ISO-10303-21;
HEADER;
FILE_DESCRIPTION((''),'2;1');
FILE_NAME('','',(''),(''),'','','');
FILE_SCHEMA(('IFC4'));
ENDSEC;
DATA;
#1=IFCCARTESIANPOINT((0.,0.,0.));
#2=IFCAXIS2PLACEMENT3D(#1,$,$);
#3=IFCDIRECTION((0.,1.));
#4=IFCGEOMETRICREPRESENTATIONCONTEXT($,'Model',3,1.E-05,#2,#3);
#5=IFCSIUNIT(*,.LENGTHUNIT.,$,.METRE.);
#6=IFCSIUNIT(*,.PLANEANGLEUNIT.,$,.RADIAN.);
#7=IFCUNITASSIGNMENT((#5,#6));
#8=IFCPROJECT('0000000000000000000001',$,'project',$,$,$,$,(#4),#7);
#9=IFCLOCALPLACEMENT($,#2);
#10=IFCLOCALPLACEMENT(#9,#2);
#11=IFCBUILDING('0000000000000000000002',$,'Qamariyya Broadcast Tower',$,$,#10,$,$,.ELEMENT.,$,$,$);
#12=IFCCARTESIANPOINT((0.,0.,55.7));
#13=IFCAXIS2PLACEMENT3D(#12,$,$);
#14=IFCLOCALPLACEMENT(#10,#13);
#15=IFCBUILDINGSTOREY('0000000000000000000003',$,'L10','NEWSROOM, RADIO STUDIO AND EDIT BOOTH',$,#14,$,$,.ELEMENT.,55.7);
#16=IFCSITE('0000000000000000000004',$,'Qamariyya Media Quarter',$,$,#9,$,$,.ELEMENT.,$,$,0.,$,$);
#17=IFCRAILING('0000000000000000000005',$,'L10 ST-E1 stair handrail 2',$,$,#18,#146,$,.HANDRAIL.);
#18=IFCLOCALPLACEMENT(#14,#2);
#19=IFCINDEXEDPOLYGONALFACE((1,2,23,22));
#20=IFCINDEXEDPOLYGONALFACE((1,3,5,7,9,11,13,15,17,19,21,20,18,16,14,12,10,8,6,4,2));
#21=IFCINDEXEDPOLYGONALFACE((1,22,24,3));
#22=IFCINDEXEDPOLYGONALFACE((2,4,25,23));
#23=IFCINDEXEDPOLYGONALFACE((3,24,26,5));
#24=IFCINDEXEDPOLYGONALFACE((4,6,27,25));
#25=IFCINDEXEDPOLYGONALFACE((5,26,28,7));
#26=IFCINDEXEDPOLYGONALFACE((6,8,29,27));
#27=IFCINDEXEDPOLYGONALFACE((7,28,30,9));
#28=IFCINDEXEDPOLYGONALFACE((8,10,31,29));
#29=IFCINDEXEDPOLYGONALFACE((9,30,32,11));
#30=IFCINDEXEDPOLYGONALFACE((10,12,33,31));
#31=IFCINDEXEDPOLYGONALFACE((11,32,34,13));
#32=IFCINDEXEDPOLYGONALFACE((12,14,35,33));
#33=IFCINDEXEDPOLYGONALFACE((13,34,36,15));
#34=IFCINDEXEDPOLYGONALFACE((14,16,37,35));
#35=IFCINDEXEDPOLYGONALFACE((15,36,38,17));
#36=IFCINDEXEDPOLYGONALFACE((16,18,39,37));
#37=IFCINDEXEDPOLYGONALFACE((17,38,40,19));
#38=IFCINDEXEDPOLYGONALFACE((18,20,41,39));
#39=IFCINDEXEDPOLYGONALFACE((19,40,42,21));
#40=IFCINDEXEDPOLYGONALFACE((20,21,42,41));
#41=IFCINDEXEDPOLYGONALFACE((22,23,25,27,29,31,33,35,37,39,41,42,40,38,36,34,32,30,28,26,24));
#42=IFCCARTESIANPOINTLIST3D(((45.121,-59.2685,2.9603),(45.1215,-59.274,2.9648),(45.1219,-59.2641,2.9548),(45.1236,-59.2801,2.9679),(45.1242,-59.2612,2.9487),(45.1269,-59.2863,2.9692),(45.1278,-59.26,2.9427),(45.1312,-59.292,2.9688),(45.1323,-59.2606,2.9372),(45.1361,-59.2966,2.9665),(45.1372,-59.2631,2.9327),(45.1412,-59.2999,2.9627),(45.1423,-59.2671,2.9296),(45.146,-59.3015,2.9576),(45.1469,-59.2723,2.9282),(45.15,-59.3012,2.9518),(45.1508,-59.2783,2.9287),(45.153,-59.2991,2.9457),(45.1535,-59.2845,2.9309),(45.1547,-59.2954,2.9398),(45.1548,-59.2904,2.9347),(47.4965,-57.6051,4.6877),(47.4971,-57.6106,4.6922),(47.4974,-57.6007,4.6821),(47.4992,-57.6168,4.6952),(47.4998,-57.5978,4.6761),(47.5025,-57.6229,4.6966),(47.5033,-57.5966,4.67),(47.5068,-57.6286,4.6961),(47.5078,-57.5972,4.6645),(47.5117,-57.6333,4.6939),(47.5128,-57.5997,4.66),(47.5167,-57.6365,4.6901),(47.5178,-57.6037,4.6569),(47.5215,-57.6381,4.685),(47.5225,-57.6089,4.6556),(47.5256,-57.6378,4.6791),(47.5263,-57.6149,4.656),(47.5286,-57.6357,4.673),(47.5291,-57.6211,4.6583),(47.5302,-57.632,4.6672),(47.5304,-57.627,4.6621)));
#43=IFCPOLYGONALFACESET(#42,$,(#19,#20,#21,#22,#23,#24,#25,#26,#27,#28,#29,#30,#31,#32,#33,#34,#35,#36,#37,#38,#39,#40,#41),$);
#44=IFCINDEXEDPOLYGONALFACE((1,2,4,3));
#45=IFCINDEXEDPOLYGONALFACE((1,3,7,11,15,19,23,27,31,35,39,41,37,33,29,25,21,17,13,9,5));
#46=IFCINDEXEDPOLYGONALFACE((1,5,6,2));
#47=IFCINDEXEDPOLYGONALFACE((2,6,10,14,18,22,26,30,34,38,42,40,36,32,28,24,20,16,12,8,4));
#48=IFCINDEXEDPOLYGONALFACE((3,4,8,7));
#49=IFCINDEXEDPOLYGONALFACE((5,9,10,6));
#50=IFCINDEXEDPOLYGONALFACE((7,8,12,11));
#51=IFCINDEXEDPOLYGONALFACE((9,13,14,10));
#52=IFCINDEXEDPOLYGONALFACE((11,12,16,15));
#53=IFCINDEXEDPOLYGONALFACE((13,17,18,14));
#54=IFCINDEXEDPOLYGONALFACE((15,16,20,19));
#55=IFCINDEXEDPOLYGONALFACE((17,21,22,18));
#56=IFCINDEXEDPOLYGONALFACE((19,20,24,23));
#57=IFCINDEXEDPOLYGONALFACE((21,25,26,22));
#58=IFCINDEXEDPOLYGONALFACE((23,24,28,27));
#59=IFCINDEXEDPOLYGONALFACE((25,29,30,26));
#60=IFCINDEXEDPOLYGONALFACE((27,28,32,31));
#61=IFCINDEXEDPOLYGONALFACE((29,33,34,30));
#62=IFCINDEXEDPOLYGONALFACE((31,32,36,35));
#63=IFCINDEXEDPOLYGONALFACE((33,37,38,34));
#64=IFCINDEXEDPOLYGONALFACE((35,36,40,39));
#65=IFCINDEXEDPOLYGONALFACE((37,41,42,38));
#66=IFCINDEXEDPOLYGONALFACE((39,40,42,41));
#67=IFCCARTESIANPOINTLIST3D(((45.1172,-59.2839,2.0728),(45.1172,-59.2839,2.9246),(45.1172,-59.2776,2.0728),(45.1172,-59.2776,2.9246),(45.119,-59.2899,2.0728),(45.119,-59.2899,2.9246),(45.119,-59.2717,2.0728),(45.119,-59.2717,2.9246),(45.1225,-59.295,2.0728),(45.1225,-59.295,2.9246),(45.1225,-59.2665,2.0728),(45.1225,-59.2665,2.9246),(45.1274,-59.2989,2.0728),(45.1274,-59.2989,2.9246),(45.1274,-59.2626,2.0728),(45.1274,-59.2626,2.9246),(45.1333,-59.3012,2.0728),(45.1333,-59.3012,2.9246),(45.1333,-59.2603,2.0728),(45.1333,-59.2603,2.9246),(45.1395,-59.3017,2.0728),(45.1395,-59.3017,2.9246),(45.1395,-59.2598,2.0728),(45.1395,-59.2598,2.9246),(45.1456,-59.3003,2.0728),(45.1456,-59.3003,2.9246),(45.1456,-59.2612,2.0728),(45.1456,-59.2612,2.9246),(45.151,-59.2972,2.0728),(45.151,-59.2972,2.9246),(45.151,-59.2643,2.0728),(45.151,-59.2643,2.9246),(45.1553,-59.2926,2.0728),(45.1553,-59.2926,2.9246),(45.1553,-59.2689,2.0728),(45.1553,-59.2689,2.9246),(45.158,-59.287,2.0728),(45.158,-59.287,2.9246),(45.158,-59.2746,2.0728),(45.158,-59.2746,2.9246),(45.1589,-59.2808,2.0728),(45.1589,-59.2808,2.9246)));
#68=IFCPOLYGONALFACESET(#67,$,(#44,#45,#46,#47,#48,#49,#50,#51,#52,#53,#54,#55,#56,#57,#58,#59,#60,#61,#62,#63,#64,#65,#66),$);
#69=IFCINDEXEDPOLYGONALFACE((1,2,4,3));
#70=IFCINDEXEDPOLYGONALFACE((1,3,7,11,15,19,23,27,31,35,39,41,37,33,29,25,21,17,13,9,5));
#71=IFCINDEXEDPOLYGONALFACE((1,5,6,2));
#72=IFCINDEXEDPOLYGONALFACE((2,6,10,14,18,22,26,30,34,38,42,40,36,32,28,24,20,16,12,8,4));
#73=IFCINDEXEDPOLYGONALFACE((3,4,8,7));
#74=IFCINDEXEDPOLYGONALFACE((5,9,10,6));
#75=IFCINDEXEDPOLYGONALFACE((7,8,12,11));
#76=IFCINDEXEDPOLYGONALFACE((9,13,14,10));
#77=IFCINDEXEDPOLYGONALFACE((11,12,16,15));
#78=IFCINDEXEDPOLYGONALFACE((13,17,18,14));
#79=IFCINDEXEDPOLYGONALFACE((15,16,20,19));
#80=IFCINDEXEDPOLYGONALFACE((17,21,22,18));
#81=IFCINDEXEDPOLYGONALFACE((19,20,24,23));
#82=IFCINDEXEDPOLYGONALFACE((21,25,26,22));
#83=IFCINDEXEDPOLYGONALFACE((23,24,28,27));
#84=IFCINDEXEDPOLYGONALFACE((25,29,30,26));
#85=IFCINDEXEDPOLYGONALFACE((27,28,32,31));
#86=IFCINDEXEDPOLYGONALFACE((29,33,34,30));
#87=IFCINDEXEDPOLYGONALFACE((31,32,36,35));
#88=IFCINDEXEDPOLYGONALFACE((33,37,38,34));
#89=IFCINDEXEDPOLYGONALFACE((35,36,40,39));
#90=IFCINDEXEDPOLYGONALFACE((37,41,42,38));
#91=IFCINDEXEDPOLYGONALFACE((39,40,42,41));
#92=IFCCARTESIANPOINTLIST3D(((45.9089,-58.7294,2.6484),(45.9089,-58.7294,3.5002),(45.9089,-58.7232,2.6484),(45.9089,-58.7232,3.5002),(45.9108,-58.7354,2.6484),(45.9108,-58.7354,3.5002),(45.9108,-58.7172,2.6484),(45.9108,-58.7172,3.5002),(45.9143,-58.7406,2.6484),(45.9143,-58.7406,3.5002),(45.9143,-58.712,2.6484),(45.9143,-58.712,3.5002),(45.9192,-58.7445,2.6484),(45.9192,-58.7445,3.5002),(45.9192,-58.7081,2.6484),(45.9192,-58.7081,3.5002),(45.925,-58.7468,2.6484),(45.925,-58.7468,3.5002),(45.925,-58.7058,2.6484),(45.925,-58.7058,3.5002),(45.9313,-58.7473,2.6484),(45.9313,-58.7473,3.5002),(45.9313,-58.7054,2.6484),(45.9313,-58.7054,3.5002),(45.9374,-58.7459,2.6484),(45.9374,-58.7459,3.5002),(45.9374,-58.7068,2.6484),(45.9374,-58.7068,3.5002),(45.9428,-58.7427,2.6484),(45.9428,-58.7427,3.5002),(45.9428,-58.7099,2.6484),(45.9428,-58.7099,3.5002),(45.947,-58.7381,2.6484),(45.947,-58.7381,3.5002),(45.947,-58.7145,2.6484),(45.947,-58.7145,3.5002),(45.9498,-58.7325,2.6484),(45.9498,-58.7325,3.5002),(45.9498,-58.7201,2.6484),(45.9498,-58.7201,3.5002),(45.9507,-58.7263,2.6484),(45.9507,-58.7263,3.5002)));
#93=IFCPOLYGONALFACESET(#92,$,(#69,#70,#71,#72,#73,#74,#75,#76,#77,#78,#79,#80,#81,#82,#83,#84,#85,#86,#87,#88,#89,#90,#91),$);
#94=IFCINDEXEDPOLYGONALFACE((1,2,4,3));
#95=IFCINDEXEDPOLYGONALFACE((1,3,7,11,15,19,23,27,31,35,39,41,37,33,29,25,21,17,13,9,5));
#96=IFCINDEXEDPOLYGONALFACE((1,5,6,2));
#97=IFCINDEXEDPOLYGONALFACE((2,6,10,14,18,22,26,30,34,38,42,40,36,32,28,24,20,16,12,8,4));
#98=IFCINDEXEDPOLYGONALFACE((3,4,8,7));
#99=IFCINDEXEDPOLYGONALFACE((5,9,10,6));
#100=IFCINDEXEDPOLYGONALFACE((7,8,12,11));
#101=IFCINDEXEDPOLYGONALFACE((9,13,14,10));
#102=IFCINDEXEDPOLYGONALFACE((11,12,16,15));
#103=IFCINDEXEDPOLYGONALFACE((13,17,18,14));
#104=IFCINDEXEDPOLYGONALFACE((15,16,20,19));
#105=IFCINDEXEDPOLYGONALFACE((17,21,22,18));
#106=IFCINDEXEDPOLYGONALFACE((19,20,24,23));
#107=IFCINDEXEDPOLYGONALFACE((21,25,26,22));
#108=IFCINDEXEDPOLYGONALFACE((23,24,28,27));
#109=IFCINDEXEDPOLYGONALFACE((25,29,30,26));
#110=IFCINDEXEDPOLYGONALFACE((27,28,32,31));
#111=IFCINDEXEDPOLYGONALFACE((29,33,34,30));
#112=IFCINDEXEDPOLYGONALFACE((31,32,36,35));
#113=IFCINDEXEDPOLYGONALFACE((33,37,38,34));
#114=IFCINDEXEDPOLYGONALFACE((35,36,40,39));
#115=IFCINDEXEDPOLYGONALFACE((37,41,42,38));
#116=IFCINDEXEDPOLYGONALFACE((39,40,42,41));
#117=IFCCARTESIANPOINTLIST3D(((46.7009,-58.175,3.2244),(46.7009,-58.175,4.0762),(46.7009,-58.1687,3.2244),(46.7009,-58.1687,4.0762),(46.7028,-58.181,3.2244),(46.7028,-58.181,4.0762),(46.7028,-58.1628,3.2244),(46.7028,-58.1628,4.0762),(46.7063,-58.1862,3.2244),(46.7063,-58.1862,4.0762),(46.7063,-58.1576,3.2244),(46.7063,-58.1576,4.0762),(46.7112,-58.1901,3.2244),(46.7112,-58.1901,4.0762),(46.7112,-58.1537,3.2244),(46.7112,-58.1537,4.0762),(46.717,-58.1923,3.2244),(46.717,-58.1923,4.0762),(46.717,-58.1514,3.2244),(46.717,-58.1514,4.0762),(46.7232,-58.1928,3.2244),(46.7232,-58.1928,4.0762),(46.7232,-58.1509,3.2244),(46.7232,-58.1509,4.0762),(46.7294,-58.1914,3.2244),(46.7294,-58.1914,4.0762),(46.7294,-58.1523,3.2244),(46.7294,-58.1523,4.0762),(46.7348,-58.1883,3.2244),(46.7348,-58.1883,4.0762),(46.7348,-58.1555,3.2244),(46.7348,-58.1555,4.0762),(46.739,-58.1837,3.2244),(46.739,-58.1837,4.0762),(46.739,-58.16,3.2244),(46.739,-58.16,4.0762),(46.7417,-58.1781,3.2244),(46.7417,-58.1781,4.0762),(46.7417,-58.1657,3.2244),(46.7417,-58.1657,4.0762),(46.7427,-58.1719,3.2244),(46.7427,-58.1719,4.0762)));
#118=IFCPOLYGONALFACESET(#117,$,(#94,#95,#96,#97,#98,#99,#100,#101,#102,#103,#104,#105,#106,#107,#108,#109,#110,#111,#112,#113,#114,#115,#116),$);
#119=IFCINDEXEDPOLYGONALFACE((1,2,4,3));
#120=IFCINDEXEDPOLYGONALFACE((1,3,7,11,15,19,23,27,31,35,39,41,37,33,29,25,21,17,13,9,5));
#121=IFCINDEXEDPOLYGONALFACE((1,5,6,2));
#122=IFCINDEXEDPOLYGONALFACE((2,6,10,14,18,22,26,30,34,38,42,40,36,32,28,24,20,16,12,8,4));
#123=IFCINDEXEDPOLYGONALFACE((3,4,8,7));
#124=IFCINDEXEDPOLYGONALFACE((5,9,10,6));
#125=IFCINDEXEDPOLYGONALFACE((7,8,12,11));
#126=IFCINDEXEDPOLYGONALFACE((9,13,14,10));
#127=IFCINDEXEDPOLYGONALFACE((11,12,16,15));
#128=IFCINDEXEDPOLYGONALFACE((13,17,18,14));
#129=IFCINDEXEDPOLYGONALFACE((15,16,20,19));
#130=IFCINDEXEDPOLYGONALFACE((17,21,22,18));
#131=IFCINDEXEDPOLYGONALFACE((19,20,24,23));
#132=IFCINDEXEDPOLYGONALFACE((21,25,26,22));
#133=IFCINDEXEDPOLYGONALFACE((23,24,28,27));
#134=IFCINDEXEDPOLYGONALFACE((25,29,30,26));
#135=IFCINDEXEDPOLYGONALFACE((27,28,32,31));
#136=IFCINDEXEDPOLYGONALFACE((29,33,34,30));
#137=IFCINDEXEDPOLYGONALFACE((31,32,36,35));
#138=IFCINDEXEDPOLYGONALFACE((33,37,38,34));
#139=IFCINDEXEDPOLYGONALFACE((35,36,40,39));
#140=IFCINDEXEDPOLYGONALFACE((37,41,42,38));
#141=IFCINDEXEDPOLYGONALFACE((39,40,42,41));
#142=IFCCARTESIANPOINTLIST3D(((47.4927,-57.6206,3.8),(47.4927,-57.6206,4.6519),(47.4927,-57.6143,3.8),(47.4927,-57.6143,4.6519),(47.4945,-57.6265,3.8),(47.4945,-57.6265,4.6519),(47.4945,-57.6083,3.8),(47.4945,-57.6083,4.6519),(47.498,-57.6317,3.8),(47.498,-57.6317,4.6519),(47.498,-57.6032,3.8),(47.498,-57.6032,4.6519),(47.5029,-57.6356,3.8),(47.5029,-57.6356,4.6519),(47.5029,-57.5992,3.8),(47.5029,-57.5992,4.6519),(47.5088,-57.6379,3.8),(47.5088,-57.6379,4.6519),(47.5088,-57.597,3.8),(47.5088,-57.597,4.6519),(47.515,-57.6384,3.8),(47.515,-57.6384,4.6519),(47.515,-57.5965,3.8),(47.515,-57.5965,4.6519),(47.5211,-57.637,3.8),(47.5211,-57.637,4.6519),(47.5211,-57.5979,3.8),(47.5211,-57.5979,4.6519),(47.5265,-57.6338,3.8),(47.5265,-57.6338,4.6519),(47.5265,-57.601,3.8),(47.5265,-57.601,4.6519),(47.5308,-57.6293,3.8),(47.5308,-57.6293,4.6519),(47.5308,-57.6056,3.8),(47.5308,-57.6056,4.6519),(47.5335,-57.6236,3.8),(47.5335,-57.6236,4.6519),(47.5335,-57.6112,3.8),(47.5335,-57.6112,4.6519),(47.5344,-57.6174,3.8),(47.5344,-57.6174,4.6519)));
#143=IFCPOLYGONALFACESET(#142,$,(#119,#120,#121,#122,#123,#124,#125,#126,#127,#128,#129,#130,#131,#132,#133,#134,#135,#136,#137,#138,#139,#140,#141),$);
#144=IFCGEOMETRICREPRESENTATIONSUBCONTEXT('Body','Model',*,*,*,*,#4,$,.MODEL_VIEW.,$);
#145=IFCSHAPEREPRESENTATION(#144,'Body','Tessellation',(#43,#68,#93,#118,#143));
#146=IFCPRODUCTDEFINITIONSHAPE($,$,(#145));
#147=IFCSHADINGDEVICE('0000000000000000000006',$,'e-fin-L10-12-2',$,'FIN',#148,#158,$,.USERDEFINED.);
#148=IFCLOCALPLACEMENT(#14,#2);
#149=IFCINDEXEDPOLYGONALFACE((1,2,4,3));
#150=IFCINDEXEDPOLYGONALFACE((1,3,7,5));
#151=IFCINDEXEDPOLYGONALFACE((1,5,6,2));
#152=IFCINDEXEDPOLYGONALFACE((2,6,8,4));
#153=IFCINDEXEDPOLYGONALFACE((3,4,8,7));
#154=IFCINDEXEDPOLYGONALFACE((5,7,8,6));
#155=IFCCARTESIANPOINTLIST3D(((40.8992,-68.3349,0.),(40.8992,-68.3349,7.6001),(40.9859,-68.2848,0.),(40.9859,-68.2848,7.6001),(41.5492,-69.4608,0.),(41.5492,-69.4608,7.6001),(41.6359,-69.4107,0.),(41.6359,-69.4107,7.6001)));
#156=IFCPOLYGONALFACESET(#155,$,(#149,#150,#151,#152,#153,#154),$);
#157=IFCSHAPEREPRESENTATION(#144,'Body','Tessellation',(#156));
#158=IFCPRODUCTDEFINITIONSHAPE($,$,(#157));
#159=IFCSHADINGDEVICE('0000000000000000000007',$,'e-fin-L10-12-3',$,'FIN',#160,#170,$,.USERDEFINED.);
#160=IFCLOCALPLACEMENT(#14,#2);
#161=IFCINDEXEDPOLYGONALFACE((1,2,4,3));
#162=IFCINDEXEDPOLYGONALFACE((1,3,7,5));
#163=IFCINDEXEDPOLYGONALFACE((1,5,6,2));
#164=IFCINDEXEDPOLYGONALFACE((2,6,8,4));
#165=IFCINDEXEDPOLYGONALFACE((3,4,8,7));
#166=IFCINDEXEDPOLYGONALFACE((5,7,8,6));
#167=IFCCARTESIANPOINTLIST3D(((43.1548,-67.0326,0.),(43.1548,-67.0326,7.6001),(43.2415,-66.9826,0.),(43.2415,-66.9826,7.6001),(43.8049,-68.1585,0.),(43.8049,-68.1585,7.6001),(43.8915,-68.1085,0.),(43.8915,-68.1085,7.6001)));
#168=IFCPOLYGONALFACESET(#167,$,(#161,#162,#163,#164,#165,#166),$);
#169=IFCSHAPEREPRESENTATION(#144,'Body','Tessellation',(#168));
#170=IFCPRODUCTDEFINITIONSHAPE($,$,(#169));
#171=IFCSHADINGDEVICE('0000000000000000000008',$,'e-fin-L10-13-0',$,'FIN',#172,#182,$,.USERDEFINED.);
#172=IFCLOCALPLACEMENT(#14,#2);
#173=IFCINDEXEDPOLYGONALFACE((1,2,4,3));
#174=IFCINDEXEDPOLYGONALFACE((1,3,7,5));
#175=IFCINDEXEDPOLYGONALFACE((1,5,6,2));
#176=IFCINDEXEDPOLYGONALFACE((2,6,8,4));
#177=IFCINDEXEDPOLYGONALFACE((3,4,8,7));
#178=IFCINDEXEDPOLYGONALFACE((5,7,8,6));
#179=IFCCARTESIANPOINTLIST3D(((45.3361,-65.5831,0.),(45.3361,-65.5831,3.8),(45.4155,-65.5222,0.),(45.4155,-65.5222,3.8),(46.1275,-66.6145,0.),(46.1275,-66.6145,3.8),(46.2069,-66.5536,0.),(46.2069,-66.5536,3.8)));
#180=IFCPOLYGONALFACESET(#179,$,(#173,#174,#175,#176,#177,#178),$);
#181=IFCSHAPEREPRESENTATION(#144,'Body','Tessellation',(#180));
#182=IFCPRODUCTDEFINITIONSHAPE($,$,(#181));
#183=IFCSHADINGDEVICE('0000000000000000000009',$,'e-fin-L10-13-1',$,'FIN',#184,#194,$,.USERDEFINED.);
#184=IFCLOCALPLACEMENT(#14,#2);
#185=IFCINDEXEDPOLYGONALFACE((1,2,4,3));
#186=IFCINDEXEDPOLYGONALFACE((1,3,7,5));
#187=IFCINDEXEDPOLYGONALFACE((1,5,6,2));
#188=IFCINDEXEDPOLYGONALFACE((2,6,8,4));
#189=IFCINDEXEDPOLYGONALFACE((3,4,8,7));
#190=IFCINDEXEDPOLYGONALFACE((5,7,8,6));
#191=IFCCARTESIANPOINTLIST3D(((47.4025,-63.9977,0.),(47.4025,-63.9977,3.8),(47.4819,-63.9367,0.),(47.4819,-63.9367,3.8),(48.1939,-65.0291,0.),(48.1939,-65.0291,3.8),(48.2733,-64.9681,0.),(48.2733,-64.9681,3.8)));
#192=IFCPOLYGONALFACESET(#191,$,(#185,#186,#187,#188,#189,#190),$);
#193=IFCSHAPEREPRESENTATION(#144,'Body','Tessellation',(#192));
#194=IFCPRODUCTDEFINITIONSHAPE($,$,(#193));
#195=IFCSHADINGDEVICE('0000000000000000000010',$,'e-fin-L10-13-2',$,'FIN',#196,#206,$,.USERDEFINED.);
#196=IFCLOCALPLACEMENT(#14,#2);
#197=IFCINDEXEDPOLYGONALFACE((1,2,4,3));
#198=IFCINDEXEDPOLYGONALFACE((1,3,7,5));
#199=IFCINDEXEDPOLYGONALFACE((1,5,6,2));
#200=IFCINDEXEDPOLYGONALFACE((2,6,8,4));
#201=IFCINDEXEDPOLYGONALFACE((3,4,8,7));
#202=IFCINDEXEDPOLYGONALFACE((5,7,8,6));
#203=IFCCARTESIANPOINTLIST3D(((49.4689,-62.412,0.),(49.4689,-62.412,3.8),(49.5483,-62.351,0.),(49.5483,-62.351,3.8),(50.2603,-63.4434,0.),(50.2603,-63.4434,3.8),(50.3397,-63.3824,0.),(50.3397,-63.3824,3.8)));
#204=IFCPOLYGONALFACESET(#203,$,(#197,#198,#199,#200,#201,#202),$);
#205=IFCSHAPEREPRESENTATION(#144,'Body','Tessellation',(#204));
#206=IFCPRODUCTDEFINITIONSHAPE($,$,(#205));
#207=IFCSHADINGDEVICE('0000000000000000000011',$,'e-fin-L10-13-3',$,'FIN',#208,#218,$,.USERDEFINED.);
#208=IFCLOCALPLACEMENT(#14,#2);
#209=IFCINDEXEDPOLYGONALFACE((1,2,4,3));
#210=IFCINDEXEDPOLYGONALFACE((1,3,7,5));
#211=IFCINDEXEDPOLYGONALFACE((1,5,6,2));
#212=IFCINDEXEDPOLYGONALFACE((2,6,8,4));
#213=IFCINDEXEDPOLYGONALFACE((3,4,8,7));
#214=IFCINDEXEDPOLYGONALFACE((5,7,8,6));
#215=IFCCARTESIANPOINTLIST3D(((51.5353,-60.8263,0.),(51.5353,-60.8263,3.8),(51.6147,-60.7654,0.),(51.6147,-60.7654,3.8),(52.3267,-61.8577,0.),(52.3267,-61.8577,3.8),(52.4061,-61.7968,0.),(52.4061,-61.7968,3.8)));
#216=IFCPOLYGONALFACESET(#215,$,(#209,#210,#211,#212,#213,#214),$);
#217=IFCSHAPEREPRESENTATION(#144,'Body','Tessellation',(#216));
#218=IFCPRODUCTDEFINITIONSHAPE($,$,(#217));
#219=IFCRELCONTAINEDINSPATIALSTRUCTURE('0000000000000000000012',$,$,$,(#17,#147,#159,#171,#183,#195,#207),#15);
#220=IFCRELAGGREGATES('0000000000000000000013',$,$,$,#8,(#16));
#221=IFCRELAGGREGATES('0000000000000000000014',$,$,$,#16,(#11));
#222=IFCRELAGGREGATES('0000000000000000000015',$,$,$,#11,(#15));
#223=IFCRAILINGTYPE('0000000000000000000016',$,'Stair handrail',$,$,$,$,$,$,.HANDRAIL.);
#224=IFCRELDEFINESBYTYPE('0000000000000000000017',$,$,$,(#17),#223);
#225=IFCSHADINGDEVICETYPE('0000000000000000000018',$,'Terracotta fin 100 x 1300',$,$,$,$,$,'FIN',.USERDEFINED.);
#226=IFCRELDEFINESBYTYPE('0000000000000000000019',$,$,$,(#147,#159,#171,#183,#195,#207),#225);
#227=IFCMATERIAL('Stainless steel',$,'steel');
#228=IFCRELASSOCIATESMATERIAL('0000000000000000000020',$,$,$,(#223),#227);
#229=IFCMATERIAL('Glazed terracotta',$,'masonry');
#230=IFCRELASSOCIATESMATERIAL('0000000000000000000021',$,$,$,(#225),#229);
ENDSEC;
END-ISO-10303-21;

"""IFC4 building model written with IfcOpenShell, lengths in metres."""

from ifc_helpers import new_model, si_unit, direction, frame, origin, origin_2d, place, context, subcontext, project, spatial, rectangle, circle, extrude, material, material_profile, profile_set, type_object, element, save


model = new_model("IFC4")

# Units and contexts
model_context = context("Model", 3, precision=1e-05, world=origin(), true_north=direction((0.0, 1.0)))
body_context = subcontext(model_context, "Body", "Model", "MODEL_VIEW")
ifc_project = project(units=[si_unit("LENGTHUNIT", "METRE"), si_unit("PLANEANGLEUNIT", "RADIAN")], contexts=[model_context])

# Site, building, storey
site_placement = place(None, origin())
site = spatial("IfcSite", under=ifc_project, at=site_placement, Name="Qamariyya Media Quarter", CompositionType="ELEMENT", RefElevation=0.0)
building_placement = place(site_placement, origin())
building = spatial("IfcBuilding", under=site, at=building_placement, Name="Qamariyya Broadcast Tower", CompositionType="ELEMENT")
storey_placement = place(building_placement, frame((0.0, 0.0, 55.7)))
storey = spatial("IfcBuildingStorey", under=building, at=storey_placement, Name="L10", Description="NEWSROOM, RADIO STUDIO AND EDIT BOOTH", CompositionType="ELEMENT", Elevation=55.7)

# Railing
ifc_material_1 = material(Name="Stainless steel", Category="steel")
railing_type_1 = type_object("IfcRailingType", Name="Stair handrail", PredefinedType="HANDRAIL", material=ifc_material_1)
railing_1_placement = place(storey_placement, frame((45.1379, -59.2808, 2.0728)))
element("IfcRailing", 1, at=railing_1_placement, inside=storey, type_object=railing_type_1, Name="L10 ST-E1 stair handrail 2", PredefinedType="HANDRAIL", context=body_context, shape_type="SweptSolid", body=[
    extrude(circle(Radius=0.0239, at=origin_2d()), frame((0.0, 0.0, 0.876), z_axis=(0.70377, 0.492784, 0.511734), x_axis=(-0.573575, 0.819153, 0.0)), (0.0, 0.0, 1.0), 3.3755),
    extrude(circle(Radius=0.021, at=origin_2d()), origin(), (0.0, 0.0, 1.0), 0.8518),
    extrude(circle(Radius=0.021, at=origin_2d()), frame((0.7917, 0.5544, 0.5757)), (0.0, 0.0, 1.0), 0.8518),
    extrude(circle(Radius=0.021, at=origin_2d()), frame((1.5837, 1.1089, 1.1516)), (0.0, 0.0, 1.0), 0.8518),
    extrude(circle(Radius=0.021, at=origin_2d()), frame((2.3755, 1.6633, 1.7273)), (0.0, 0.0, 1.0), 0.8518),
])

# Shading devices
ifc_material_2 = material(Name="Glazed terracotta", Category="masonry")
ifc_material_profile_1 = material_profile(ifc_material_2, rectangle(XDim=1.3, YDim=0.1001, at=origin_2d()))
ifc_profile_set_1 = profile_set([ifc_material_profile_1], Name="Glazed terracotta")
shading_device_type_1 = type_object("IfcShadingDeviceType", Name="Terracotta fin 100 x 1300", ElementType="FIN", PredefinedType="USERDEFINED", material=ifc_profile_set_1)
for number, where, z_axis, x_axis, name in (
    (2, (41.2676, -68.8728, 0.0), (0.0, 0.0, 1.0), (0.5, -0.866025, 0.0), "e-fin-L10-12-2"),
    (3, (43.5232, -67.5706, 0.0), (0.0, 0.0, 1.0), (0.5, -0.866025, 0.0), "e-fin-L10-12-3"),
):
    element("IfcShadingDevice", number, at=place(storey_placement, frame(where, z_axis=z_axis, x_axis=x_axis)), inside=storey, type_object=shading_device_type_1, Name=name, ObjectType="FIN", PredefinedType="USERDEFINED", context=body_context, shape_type="SweptSolid", body=[
        extrude(rectangle(XDim=1.3, YDim=0.1001, at=origin_2d()), origin(), (0.0, 0.0, 1.0), 7.6001),
    ])
for number, where, z_axis, x_axis, name in (
    (4, (45.7715, -66.0684, 0.0), (0.0, 0.0, 1.0), (0.608761, -0.793353, 0.0), "e-fin-L10-13-0"),
    (5, (47.8379, -64.4829, 0.0), (0.0, 0.0, 1.0), (0.608761, -0.793353, 0.0), "e-fin-L10-13-1"),
    (6, (49.9043, -62.8972, 0.0), (0.0, 0.0, 1.0), (0.608761, -0.793353, 0.0), "e-fin-L10-13-2"),
    (7, (51.9707, -61.3115, 0.0), (0.0, 0.0, 1.0), (0.608761, -0.793353, 0.0), "e-fin-L10-13-3"),
):
    element("IfcShadingDevice", number, at=place(storey_placement, frame(where, z_axis=z_axis, x_axis=x_axis)), inside=storey, type_object=shading_device_type_1, Name=name, ObjectType="FIN", PredefinedType="USERDEFINED", context=body_context, shape_type="SweptSolid", body=[
        extrude(rectangle(XDim=1.3, YDim=0.1001, at=origin_2d()), origin(), (0.0, 0.0, 1.0), 3.8),
    ])

save(model, "model.ifc")
